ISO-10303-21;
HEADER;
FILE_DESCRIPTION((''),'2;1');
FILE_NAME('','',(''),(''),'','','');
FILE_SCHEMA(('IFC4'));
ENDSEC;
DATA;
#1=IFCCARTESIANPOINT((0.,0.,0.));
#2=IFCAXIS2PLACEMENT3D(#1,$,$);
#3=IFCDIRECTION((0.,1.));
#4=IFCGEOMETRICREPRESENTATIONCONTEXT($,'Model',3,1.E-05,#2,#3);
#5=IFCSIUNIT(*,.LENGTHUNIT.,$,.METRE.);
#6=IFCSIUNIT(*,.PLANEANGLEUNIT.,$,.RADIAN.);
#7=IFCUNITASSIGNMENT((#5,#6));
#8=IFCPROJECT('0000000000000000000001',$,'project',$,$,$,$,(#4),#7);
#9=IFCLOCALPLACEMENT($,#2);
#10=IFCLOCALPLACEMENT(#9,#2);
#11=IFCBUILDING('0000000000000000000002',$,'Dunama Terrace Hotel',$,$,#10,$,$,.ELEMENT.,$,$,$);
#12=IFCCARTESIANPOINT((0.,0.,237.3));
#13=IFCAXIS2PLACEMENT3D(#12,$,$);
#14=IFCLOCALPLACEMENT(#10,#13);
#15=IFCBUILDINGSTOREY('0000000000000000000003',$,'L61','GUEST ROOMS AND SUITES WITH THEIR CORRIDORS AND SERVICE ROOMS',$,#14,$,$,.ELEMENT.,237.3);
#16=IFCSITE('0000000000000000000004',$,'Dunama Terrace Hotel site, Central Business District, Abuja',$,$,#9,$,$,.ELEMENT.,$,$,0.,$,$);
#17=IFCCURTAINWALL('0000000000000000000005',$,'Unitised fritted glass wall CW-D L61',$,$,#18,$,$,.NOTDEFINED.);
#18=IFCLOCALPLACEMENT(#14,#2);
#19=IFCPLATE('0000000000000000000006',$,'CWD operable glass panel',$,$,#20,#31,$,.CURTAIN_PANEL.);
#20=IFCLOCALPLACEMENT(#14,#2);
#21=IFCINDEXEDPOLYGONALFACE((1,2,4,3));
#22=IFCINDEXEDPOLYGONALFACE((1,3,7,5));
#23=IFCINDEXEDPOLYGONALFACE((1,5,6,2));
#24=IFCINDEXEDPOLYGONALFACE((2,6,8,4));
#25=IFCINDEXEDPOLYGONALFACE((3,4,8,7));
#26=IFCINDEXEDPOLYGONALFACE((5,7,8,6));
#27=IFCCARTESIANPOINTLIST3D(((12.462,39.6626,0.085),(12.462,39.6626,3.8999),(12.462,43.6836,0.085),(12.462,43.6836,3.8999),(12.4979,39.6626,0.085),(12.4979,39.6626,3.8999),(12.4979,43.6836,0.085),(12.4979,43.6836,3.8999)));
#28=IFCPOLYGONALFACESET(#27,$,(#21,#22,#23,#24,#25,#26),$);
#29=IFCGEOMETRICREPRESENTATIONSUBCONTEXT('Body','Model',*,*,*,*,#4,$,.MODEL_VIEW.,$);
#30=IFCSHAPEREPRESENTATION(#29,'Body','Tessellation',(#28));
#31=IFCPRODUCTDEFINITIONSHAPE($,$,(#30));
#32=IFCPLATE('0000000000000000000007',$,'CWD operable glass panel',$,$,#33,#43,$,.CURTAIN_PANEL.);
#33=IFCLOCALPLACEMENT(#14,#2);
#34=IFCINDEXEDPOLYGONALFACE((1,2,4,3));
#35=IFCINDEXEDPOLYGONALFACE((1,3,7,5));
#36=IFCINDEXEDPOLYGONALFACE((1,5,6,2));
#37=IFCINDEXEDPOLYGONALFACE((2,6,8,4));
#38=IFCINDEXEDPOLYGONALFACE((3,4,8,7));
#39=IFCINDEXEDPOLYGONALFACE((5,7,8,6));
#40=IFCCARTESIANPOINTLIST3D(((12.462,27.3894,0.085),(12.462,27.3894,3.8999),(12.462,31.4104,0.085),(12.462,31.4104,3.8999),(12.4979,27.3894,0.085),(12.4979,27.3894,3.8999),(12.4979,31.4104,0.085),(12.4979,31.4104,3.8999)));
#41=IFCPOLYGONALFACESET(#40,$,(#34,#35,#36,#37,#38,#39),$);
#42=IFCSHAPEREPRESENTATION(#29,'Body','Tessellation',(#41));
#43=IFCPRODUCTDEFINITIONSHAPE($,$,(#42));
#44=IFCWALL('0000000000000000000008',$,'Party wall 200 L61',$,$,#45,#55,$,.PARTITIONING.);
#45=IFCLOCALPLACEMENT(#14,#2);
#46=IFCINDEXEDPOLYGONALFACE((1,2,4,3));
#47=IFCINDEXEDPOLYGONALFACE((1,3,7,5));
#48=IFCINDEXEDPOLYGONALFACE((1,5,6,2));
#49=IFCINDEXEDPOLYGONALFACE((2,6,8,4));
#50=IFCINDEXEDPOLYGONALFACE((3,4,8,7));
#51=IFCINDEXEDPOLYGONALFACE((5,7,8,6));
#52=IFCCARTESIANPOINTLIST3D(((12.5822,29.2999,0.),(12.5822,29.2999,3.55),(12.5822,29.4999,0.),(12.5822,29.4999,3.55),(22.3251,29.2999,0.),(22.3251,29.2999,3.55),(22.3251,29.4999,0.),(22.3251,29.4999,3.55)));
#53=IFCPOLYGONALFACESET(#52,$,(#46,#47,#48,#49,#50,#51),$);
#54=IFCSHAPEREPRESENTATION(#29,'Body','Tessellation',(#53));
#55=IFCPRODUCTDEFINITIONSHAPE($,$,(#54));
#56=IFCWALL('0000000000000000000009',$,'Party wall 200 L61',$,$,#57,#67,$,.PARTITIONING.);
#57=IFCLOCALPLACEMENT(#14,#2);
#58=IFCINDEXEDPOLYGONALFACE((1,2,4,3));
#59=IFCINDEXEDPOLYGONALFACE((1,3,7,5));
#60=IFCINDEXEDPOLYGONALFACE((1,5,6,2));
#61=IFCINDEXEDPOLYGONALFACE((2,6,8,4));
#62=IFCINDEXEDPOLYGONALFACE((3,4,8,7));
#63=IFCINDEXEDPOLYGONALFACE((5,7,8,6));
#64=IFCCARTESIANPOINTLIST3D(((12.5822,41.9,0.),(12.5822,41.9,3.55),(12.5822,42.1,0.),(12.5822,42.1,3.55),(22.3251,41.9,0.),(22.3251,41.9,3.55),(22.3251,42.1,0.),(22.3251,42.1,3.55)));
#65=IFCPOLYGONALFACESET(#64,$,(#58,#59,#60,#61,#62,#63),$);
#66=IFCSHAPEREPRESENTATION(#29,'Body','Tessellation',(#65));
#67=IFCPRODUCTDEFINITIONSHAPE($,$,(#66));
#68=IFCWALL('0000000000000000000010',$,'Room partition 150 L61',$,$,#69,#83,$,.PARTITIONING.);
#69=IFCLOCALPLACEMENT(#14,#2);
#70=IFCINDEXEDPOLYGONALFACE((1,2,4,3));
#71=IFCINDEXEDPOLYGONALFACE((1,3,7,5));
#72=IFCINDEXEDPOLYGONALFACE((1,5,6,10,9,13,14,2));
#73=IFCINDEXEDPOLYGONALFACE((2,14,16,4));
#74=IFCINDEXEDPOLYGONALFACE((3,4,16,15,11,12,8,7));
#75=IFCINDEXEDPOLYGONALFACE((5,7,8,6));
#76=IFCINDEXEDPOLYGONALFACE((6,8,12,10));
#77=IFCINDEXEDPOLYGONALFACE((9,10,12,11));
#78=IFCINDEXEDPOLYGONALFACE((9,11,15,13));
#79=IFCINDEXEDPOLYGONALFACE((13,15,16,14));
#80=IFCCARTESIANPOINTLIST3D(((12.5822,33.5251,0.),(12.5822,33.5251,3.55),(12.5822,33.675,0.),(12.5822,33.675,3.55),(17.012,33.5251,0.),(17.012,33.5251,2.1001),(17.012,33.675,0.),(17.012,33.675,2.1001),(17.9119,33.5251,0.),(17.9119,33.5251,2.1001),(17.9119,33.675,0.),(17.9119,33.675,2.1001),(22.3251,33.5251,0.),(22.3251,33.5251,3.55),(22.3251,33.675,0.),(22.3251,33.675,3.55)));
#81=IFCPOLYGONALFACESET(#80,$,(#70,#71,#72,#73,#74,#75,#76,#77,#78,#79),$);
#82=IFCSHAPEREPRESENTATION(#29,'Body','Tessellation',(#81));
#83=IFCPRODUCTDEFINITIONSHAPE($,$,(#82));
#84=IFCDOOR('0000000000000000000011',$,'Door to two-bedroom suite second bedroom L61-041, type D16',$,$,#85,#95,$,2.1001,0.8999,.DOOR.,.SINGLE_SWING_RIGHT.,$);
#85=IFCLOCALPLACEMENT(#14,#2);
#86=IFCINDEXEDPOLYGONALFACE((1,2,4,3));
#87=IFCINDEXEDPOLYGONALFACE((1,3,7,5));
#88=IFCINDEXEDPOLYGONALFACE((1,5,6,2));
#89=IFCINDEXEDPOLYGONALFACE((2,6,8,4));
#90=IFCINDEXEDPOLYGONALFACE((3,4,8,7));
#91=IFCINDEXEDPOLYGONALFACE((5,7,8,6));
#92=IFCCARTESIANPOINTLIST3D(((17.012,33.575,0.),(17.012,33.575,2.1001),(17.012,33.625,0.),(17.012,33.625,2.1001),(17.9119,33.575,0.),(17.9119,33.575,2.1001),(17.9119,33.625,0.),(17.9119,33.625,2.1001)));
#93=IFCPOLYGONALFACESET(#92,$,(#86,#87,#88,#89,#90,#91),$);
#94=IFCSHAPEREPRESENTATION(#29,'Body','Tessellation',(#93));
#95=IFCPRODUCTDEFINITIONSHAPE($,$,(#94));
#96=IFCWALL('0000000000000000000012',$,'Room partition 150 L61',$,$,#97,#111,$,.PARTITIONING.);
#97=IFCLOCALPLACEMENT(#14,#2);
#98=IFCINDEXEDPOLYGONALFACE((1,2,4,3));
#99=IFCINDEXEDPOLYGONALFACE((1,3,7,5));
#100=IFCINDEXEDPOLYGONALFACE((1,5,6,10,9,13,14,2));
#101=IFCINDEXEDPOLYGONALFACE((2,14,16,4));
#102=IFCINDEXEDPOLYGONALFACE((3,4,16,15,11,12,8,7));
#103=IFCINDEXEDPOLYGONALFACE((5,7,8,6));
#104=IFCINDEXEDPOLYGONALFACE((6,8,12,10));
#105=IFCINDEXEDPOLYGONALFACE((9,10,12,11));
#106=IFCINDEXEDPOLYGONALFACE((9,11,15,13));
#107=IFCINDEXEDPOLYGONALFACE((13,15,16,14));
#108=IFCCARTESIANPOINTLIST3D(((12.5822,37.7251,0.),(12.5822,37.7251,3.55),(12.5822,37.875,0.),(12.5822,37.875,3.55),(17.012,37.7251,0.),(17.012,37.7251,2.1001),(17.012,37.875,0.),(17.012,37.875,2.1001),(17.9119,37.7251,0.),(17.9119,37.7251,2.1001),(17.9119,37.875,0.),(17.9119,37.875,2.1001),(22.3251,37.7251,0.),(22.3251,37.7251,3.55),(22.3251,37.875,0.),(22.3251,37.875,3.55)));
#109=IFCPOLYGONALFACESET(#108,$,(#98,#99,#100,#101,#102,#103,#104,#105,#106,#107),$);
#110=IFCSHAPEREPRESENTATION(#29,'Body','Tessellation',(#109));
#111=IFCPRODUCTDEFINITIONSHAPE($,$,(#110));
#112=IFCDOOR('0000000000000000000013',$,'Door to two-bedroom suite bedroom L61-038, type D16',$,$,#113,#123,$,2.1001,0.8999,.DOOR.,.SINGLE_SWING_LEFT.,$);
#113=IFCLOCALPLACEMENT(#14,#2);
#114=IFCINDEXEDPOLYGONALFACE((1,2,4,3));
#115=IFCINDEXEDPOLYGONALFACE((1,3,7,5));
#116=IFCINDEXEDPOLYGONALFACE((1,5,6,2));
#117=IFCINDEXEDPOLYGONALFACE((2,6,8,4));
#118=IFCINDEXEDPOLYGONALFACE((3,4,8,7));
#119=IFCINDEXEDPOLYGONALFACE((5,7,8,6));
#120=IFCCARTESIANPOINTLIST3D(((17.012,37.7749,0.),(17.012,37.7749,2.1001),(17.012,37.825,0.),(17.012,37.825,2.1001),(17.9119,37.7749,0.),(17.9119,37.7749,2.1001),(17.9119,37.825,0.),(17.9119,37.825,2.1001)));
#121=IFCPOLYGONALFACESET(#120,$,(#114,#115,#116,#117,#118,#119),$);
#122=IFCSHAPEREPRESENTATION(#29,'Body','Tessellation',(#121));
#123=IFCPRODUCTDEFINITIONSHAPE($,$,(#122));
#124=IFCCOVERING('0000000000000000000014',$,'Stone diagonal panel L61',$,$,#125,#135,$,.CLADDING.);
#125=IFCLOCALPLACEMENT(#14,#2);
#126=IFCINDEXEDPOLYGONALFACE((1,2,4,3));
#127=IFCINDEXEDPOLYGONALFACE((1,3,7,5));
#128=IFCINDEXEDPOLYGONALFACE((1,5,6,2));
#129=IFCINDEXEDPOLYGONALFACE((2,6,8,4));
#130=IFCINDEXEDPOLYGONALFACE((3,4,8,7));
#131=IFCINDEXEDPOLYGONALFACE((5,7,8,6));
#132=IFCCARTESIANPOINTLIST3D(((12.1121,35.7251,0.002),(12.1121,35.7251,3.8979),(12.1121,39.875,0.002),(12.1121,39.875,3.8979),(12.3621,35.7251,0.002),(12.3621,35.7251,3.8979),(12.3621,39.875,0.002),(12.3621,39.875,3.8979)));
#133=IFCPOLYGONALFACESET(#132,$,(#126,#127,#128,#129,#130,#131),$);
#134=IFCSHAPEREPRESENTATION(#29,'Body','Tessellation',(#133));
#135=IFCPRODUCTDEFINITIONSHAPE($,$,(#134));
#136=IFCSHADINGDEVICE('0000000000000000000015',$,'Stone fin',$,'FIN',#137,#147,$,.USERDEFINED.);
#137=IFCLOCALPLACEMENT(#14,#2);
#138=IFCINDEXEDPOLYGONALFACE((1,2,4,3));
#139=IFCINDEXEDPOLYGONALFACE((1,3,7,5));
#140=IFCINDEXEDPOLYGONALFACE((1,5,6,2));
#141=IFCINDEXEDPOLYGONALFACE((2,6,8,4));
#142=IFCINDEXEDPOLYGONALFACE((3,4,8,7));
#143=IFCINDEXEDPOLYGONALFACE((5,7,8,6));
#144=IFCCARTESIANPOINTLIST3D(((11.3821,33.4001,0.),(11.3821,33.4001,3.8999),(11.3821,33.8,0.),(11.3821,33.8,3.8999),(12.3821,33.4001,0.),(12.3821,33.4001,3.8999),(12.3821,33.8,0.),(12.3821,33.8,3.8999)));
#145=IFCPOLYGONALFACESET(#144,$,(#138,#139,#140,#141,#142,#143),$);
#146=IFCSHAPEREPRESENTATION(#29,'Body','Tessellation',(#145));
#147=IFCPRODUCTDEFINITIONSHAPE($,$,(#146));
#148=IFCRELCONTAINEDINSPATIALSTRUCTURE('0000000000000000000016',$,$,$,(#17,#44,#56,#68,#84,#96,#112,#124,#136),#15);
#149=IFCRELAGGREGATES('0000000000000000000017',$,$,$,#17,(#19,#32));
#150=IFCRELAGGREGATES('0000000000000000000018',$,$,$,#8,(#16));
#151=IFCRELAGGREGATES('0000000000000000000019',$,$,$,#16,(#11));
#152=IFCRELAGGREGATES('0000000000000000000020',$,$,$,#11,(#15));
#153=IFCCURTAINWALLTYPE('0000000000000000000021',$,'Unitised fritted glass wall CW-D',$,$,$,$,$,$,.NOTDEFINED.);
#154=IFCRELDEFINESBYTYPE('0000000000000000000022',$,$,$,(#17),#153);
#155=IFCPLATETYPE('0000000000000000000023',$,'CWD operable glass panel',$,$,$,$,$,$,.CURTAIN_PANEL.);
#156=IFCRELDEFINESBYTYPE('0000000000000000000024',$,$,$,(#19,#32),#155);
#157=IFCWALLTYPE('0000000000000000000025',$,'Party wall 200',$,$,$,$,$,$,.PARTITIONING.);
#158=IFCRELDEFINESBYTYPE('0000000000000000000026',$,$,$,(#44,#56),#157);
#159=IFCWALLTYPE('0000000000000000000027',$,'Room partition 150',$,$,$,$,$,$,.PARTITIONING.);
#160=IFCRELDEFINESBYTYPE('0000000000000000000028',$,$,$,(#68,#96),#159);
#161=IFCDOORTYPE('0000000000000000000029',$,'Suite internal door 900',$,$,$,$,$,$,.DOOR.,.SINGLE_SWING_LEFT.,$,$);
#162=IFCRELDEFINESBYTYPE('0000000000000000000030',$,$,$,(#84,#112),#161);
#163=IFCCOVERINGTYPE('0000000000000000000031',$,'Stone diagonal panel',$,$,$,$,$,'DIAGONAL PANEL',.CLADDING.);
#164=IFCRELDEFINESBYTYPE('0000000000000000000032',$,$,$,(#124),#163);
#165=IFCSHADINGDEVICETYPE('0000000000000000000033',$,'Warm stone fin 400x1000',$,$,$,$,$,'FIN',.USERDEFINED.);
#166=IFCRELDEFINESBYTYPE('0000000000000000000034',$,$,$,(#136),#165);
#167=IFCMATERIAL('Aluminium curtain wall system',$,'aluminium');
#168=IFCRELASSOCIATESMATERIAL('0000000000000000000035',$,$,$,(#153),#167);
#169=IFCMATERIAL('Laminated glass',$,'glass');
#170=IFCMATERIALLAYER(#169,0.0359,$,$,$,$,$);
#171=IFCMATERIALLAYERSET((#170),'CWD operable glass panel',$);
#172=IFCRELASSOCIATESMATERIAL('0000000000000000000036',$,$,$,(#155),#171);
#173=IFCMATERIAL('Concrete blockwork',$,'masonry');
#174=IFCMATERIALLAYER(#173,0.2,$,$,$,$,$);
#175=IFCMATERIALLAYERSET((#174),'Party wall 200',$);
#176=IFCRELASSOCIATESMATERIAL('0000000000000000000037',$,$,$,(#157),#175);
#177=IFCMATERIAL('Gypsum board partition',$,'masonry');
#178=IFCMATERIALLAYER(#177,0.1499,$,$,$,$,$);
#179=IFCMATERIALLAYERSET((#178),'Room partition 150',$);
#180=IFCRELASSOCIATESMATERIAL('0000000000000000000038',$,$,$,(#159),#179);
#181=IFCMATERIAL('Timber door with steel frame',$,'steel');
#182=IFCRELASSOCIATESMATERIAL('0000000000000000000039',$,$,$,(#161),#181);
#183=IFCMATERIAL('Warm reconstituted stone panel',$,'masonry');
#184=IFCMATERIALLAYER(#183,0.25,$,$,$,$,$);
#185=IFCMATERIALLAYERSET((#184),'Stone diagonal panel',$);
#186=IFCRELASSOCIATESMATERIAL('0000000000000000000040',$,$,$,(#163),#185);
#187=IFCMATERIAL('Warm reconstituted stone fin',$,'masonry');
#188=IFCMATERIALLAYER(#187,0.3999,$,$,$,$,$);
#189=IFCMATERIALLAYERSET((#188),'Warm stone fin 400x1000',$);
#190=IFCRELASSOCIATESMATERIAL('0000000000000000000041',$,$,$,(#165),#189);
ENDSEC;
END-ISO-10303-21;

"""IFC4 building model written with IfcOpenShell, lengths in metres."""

from ifc_helpers import new_model, si_unit, direction, frame, frame_2d, origin, origin_2d, place, context, subcontext, project, spatial, rectangle, extrude, material, layer, layer_set, type_object, element, fill, aggregate, save


model = new_model("IFC4")

# Units and contexts
model_context = context("Model", 3, precision=1e-05, world=origin(), true_north=direction((0.0, 1.0)))
body_context = subcontext(model_context, "Body", "Model", "MODEL_VIEW")
ifc_project = project(units=[si_unit("LENGTHUNIT", "METRE"), si_unit("PLANEANGLEUNIT", "RADIAN")], contexts=[model_context])

# Site, building, storey
site_placement = place(None, origin())
site = spatial("IfcSite", under=ifc_project, at=site_placement, Name="Dunama Terrace Hotel site, Central Business District, Abuja", CompositionType="ELEMENT", RefElevation=0.0)
building_placement = place(site_placement, origin())
building = spatial("IfcBuilding", under=site, at=building_placement, Name="Dunama Terrace Hotel", CompositionType="ELEMENT")
storey_placement = place(building_placement, frame((0.0, 0.0, 237.3)))
storey = spatial("IfcBuildingStorey", under=building, at=storey_placement, Name="L61", Description="GUEST ROOMS AND SUITES WITH THEIR CORRIDORS AND SERVICE ROOMS", CompositionType="ELEMENT", Elevation=237.3)

# Curtain wall
ifc_material_1 = material(Name="Aluminium curtain wall system", Category="aluminium")
curtain_wall_type = type_object("IfcCurtainWallType", Name="Unitised fritted glass wall CW-D", PredefinedType="NOTDEFINED", material=ifc_material_1)
curtain_wall_placement = place(storey_placement, origin())
curtain_wall = element("IfcCurtainWall", 1, at=curtain_wall_placement, inside=storey, type_object=curtain_wall_type, Name="Unitised fritted glass wall CW-D L61", PredefinedType="NOTDEFINED")

# Plates
ifc_material_2 = material(Name="Laminated glass", Category="glass")
ifc_layer_1 = layer(ifc_material_2, 0.0359)
ifc_layer_set_1 = layer_set([ifc_layer_1], Name="CWD operable glass panel")
plate_type_1 = type_object("IfcPlateType", Name="CWD operable glass panel", PredefinedType="CURTAIN_PANEL", material=ifc_layer_set_1)
plate_1_placement = place(storey_placement, frame((12.48, 41.6731, 0.085), z_axis=(0.0, 0.0, 1.0), x_axis=(0.0, -1.0, 0.0)))
plate_1 = element("IfcPlate", 2, at=plate_1_placement, type_object=plate_type_1, Name="CWD operable glass panel", PredefinedType="CURTAIN_PANEL", context=body_context, shape_type="SweptSolid", body=[
    extrude(rectangle(XDim=4.021, YDim=0.0359, at=origin_2d()), origin(), (0.0, 0.0, 1.0), 3.8149),
])
plate_2_placement = place(storey_placement, frame((12.48, 29.3999, 0.085), z_axis=(0.0, 0.0, 1.0), x_axis=(0.0, -1.0, 0.0)))
plate_2 = element("IfcPlate", 3, at=plate_2_placement, type_object=plate_type_1, Name="CWD operable glass panel", PredefinedType="CURTAIN_PANEL", context=body_context, shape_type="SweptSolid", body=[
    extrude(rectangle(XDim=4.021, YDim=0.0359, at=origin_2d()), origin(), (0.0, 0.0, 1.0), 3.8149),
])
aggregate(curtain_wall, [plate_1, plate_2])

# Walls
ifc_material_3 = material(Name="Concrete blockwork", Category="masonry")
ifc_layer_2 = layer(ifc_material_3, 0.2)
ifc_layer_set_2 = layer_set([ifc_layer_2], Name="Party wall 200")
wall_type_1 = type_object("IfcWallType", Name="Party wall 200", PredefinedType="PARTITIONING", material=ifc_layer_set_2)
for number, where, z_axis, x_axis, name in (
    (4, (12.582, 29.3999, 0.0), (0.0, 0.0, 1.0), (1.0, 0.0, 0.0), "Party wall 200 L61"),
    (5, (12.582, 42.0, 0.0), (0.0, 0.0, 1.0), (1.0, 0.0, 0.0), "Party wall 200 L61"),
):
    element("IfcWall", number, at=place(storey_placement, frame(where, z_axis=z_axis, x_axis=x_axis)), inside=storey, type_object=wall_type_1, Name=name, PredefinedType="PARTITIONING", context=body_context, shape_type="SweptSolid", body=[
        extrude(rectangle(XDim=9.7429, YDim=0.2, at=frame_2d((4.8716, 0.0))), origin(), (0.0, 0.0, 1.0), 3.55),
    ])

# Walls, openings, doors
ifc_material_4 = material(Name="Gypsum board partition", Category="masonry")
ifc_layer_3 = layer(ifc_material_4, 0.1499)
ifc_layer_set_3 = layer_set([ifc_layer_3], Name="Room partition 150")
wall_type_2 = type_object("IfcWallType", Name="Room partition 150", PredefinedType="PARTITIONING", material=ifc_layer_set_3)
wall_1_placement = place(storey_placement, frame((12.582, 33.6001, 0.0), z_axis=(0.0, 0.0, 1.0), x_axis=(1.0, 0.0, 0.0)))
wall_1 = element("IfcWall", 6, at=wall_1_placement, inside=storey, type_object=wall_type_2, Name="Room partition 150 L61", PredefinedType="PARTITIONING", context=body_context, shape_type="SweptSolid", body=[
    extrude(rectangle(XDim=9.7429, YDim=0.1499, at=frame_2d((4.8716, 0.0))), origin(), (0.0, 0.0, 1.0), 3.55),
])
opening_1_placement = place(wall_1_placement, frame((4.4299, 0.0, 0.0)))
opening_1 = element("IfcOpeningElement", 7, at=opening_1_placement, cuts=wall_1, PredefinedType="OPENING", context=body_context, shape_type="SweptSolid", body=[
    extrude(rectangle(XDim=0.8999, YDim=2.1001, at=frame_2d((0.45, 1.05))), frame((0.0, 0.085, 0.0), z_axis=(0.0, -1.0, 0.0), x_axis=(1.0, 0.0, 0.0)), (0.0, 0.0, 1.0), 0.1699),
])
ifc_material_5 = material(Name="Timber door with steel frame", Category="steel")
door_type = type_object("IfcDoorType", Name="Suite internal door 900", OperationType="SINGLE_SWING_LEFT", PredefinedType="DOOR", material=ifc_material_5)
door_1_placement = place(opening_1_placement, frame((0.8999, 0.0, 0.0), z_axis=(0.0, 0.0, 1.0), x_axis=(-1.0, 0.0, 0.0)))
door_1 = element("IfcDoor", 8, at=door_1_placement, inside=storey, type_object=door_type, Name="Door to two-bedroom suite second bedroom L61-041, type D16", OperationType="SINGLE_SWING_RIGHT", OverallHeight=2.1001, OverallWidth=0.8999, PredefinedType="DOOR", context=body_context, shape_type="SweptSolid", body=[
    extrude(rectangle(XDim=0.8999, YDim=2.1001, at=frame_2d((0.45, 1.05))), frame((0.0, 0.0251, 0.0), z_axis=(0.0, -1.0, 0.0), x_axis=(1.0, 0.0, 0.0)), (0.0, 0.0, 1.0), 0.05),
])
fill(opening_1, door_1)
wall_2_placement = place(storey_placement, frame((12.582, 37.8, 0.0), z_axis=(0.0, 0.0, 1.0), x_axis=(1.0, 0.0, 0.0)))
wall_2 = element("IfcWall", 9, at=wall_2_placement, inside=storey, type_object=wall_type_2, Name="Room partition 150 L61", PredefinedType="PARTITIONING", context=body_context, shape_type="SweptSolid", body=[
    extrude(rectangle(XDim=9.7429, YDim=0.1499, at=frame_2d((4.8716, 0.0))), origin(), (0.0, 0.0, 1.0), 3.55),
])
opening_2_placement = place(wall_2_placement, frame((4.4299, 0.0, 0.0)))
opening_2 = element("IfcOpeningElement", 10, at=opening_2_placement, cuts=wall_2, PredefinedType="OPENING", context=body_context, shape_type="SweptSolid", body=[
    extrude(rectangle(XDim=0.8999, YDim=2.1001, at=frame_2d((0.45, 1.05))), frame((0.0, 0.085, 0.0), z_axis=(0.0, -1.0, 0.0), x_axis=(1.0, 0.0, 0.0)), (0.0, 0.0, 1.0), 0.1699),
])
door_2_placement = place(opening_2_placement, origin())
door_2 = element("IfcDoor", 11, at=door_2_placement, inside=storey, type_object=door_type, Name="Door to two-bedroom suite bedroom L61-038, type D16", OperationType="SINGLE_SWING_LEFT", OverallHeight=2.1001, OverallWidth=0.8999, PredefinedType="DOOR", context=body_context, shape_type="SweptSolid", body=[
    extrude(rectangle(XDim=0.8999, YDim=2.1001, at=frame_2d((0.45, 1.05))), frame((0.0, 0.0249, 0.0), z_axis=(0.0, -1.0, 0.0), x_axis=(1.0, 0.0, 0.0)), (0.0, 0.0, 1.0), 0.05),
])
fill(opening_2, door_2)

# Covering
ifc_material_6 = material(Name="Warm reconstituted stone panel", Category="masonry")
ifc_layer_4 = layer(ifc_material_6, 0.25)
ifc_layer_set_4 = layer_set([ifc_layer_4], Name="Stone diagonal panel")
covering_type = type_object("IfcCoveringType", Name="Stone diagonal panel", ElementType="DIAGONAL PANEL", PredefinedType="CLADDING", material=ifc_layer_set_4)
covering_placement = place(storey_placement, frame((12.2371, 37.8, 0.002), z_axis=(0.0, 0.0, 1.0), x_axis=(0.0, -1.0, 0.0)))
element("IfcCovering", 12, at=covering_placement, inside=storey, type_object=covering_type, Name="Stone diagonal panel L61", PredefinedType="CLADDING", context=body_context, shape_type="SweptSolid", body=[
    extrude(rectangle(XDim=4.1499, YDim=0.25, at=origin_2d()), origin(), (0.0, 0.0, 1.0), 3.896),
])

# Shading device
ifc_material_7 = material(Name="Warm reconstituted stone fin", Category="masonry")
ifc_layer_5 = layer(ifc_material_7, 0.3999)
ifc_layer_set_5 = layer_set([ifc_layer_5], Name="Warm stone fin 400x1000")
shading_device_type = type_object("IfcShadingDeviceType", Name="Warm stone fin 400x1000", ElementType="FIN", PredefinedType="USERDEFINED", material=ifc_layer_set_5)
shading_device_placement = place(storey_placement, frame((11.8821, 33.6001, 0.0), z_axis=(0.0, 0.0, 1.0), x_axis=(0.0, -1.0, 0.0)))
element("IfcShadingDevice", 13, at=shading_device_placement, inside=storey, type_object=shading_device_type, Name="Stone fin", ObjectType="FIN", PredefinedType="USERDEFINED", context=body_context, shape_type="SweptSolid", body=[
    extrude(rectangle(XDim=0.3999, YDim=1.0, at=origin_2d()), origin(), (0.0, 0.0, 1.0), 3.8999),
])

save(model, "model.ifc")
